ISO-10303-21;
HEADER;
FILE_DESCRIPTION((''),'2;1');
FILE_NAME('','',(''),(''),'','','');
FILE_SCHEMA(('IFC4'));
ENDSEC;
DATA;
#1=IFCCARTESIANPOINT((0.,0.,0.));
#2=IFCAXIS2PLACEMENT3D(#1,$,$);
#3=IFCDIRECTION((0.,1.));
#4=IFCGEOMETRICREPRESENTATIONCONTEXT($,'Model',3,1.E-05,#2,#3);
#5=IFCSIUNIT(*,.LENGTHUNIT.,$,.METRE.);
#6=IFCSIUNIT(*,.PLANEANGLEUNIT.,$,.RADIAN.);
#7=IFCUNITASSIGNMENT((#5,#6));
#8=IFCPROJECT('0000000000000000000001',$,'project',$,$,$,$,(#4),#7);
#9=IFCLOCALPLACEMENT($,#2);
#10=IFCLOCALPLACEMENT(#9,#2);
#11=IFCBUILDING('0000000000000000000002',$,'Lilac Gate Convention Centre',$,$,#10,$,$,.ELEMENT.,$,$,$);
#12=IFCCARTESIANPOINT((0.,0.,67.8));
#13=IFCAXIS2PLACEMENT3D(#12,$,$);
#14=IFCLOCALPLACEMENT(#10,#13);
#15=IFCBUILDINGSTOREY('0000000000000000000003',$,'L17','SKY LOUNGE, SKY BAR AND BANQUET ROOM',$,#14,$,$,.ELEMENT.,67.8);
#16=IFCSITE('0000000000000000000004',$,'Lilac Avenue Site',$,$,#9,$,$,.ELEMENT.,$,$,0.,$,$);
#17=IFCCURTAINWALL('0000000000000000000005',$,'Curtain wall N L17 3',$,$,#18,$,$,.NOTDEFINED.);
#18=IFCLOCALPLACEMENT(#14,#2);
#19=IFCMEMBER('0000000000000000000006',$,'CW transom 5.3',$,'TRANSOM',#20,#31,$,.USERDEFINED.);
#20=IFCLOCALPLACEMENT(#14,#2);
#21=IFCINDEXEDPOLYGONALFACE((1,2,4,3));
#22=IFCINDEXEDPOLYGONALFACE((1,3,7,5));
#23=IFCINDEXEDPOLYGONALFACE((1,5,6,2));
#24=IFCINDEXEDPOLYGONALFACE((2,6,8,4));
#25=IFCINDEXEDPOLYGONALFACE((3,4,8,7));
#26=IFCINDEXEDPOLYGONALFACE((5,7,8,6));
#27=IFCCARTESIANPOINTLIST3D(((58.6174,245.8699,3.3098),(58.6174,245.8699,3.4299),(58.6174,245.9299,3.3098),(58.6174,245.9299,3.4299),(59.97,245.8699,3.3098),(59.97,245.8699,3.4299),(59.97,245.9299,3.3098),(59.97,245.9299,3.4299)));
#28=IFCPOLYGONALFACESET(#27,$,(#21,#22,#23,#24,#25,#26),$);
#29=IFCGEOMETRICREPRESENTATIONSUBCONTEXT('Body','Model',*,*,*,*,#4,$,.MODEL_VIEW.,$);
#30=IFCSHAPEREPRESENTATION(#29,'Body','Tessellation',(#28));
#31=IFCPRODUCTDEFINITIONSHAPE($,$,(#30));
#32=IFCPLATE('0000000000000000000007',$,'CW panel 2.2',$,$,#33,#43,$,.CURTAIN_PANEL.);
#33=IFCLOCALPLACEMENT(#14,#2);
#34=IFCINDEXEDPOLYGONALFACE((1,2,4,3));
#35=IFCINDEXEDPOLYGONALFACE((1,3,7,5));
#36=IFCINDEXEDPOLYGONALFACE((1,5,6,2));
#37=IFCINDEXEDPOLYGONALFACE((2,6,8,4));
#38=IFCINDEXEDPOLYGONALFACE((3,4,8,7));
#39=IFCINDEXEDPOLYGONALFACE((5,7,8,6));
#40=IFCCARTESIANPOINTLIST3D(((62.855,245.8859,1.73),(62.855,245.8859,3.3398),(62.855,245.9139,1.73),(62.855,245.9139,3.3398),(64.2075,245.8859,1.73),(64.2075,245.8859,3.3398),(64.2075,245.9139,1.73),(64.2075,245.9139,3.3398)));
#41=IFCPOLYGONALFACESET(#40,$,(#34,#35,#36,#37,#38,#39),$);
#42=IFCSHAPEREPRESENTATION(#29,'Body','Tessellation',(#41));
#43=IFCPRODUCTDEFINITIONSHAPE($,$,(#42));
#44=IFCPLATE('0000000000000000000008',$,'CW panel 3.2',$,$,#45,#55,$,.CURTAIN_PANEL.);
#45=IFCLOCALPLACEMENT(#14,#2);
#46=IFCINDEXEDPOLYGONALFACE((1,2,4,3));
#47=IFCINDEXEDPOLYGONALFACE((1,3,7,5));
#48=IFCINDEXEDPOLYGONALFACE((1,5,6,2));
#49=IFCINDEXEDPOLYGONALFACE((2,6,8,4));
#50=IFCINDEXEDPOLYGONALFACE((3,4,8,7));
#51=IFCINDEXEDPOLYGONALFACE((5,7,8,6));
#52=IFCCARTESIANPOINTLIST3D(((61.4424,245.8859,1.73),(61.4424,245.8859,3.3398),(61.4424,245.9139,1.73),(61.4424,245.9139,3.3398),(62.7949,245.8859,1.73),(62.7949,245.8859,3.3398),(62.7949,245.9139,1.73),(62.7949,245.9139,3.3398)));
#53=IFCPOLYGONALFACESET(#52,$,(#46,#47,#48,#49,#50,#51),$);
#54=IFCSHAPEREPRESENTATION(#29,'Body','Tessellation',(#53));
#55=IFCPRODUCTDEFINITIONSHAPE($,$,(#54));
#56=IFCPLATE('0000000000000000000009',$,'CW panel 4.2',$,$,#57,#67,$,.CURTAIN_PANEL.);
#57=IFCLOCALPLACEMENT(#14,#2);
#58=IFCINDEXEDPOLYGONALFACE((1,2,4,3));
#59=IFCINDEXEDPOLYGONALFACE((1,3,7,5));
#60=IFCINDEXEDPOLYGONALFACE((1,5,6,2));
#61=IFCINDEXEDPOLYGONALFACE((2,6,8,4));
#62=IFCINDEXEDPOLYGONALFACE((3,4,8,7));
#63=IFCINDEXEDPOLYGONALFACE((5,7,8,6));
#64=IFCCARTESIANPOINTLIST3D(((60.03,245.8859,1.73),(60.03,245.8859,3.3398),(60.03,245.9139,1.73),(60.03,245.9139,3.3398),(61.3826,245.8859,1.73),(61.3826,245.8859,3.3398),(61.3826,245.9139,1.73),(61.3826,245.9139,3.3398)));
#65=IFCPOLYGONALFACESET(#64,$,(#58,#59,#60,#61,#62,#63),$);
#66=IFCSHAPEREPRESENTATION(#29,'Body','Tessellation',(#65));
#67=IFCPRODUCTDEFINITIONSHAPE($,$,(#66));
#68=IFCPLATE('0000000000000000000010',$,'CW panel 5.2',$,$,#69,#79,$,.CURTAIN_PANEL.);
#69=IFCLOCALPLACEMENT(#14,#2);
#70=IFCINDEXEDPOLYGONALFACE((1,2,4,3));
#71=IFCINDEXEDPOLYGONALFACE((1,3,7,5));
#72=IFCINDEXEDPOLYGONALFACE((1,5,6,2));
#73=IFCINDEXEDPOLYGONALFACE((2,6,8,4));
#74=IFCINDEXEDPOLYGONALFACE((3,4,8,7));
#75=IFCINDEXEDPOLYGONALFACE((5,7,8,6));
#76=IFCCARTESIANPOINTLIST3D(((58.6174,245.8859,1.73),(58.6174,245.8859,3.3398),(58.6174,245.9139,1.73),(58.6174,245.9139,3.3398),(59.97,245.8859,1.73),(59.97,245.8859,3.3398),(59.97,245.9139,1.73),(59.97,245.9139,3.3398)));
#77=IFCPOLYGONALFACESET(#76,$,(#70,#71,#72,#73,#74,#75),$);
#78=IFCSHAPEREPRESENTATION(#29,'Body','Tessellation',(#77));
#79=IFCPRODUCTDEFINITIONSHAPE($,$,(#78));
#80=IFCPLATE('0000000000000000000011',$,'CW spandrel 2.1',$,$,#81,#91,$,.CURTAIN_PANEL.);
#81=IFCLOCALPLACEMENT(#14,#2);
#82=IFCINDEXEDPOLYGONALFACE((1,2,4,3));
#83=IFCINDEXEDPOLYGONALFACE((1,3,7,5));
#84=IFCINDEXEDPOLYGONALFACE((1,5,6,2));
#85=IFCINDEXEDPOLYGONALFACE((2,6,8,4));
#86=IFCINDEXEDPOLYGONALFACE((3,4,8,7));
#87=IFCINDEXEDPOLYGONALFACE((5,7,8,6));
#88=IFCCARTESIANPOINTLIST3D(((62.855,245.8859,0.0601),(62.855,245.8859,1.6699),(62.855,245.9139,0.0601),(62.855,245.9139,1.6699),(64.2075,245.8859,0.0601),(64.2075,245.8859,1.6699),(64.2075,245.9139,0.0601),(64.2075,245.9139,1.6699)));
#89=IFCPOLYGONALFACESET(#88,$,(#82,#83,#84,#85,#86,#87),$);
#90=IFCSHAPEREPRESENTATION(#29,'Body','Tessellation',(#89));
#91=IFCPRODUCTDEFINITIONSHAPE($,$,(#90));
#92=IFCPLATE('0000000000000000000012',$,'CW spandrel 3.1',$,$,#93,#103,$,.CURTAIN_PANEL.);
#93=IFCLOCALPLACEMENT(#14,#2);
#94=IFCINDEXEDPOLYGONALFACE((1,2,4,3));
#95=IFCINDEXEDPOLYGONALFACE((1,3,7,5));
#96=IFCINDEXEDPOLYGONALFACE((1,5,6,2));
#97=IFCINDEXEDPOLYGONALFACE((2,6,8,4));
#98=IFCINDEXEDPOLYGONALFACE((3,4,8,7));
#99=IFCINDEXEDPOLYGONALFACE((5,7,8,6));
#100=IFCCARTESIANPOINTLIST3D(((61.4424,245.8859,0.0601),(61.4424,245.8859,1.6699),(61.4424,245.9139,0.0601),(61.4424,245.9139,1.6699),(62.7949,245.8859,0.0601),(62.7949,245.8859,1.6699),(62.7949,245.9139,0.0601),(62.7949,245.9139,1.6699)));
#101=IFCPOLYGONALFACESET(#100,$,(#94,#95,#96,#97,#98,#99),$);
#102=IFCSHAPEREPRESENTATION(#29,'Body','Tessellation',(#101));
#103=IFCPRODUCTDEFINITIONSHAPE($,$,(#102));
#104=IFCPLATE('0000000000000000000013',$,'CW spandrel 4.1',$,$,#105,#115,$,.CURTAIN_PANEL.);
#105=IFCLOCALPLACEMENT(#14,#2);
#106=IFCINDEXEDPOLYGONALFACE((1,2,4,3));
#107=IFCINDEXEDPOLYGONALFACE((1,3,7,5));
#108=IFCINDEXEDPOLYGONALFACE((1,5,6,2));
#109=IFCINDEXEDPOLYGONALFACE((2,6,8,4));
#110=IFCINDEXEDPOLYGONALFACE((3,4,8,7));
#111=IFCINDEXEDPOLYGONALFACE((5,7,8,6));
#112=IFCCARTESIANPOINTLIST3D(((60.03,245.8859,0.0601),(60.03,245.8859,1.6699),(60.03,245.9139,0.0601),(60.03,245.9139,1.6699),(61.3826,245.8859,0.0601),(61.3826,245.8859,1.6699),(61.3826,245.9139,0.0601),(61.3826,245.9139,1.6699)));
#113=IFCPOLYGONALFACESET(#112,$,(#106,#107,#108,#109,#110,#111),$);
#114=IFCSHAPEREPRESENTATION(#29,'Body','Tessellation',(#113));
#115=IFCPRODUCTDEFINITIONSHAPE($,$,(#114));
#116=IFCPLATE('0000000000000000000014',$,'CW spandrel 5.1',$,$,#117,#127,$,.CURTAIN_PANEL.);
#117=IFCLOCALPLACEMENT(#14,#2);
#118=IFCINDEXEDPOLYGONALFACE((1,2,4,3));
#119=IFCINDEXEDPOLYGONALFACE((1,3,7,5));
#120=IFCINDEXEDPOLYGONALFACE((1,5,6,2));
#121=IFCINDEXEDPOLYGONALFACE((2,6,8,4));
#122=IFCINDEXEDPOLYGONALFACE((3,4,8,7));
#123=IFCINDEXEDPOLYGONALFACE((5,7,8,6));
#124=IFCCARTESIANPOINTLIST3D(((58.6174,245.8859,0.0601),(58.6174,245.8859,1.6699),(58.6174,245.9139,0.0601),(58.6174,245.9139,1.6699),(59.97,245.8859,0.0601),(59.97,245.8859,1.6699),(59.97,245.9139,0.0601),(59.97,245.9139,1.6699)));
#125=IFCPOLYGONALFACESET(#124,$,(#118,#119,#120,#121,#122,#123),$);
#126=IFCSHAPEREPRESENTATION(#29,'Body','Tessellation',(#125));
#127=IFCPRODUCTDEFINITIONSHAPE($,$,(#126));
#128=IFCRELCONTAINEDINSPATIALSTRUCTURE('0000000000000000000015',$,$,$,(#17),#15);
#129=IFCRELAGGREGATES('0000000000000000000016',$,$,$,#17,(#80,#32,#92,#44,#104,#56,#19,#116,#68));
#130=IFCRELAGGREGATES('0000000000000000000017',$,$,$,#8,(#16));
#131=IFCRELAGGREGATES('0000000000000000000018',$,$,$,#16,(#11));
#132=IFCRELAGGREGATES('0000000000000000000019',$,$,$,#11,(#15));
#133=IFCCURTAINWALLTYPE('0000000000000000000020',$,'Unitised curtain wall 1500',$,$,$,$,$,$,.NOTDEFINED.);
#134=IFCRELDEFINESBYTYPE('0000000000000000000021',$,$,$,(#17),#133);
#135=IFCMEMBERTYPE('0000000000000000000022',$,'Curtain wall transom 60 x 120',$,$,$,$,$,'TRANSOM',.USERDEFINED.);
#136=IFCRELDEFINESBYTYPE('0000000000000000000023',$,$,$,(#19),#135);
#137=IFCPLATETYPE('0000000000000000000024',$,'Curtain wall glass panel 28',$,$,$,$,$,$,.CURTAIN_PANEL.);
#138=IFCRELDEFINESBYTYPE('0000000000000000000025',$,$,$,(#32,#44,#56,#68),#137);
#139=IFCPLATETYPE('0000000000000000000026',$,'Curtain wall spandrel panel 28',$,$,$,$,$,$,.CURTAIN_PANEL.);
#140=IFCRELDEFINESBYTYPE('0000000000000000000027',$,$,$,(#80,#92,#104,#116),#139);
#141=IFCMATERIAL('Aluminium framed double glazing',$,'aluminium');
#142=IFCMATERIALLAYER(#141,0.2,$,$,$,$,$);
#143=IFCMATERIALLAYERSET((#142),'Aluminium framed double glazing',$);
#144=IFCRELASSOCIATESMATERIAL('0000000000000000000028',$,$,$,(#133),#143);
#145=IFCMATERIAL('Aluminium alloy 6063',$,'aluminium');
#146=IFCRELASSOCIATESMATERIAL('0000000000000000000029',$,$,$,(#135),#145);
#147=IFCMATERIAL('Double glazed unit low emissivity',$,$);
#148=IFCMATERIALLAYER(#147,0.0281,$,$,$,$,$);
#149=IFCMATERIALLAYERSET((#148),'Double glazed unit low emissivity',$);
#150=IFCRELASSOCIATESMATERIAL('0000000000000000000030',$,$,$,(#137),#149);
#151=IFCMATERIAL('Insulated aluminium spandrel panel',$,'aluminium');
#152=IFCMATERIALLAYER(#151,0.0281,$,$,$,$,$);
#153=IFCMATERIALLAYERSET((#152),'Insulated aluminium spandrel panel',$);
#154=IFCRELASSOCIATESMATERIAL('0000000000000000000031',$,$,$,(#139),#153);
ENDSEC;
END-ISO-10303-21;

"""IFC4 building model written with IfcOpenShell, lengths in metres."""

from ifc_helpers import new_model, si_unit, direction, frame, origin, origin_2d, place, context, subcontext, project, spatial, rectangle, extrude, material, layer, layer_set, material_profile, profile_set, type_object, element, aggregate, save


model = new_model("IFC4")

# Units and contexts
model_context = context("Model", 3, precision=1e-05, world=origin(), true_north=direction((0.0, 1.0)))
body_context = subcontext(model_context, "Body", "Model", "MODEL_VIEW")
ifc_project = project(units=[si_unit("LENGTHUNIT", "METRE"), si_unit("PLANEANGLEUNIT", "RADIAN")], contexts=[model_context])

# Site, building, storey
site_placement = place(None, origin())
site = spatial("IfcSite", under=ifc_project, at=site_placement, Name="Lilac Avenue Site", CompositionType="ELEMENT", RefElevation=0.0)
building_placement = place(site_placement, origin())
building = spatial("IfcBuilding", under=site, at=building_placement, Name="Lilac Gate Convention Centre", CompositionType="ELEMENT")
storey_placement = place(building_placement, frame((0.0, 0.0, 67.8)))
storey = spatial("IfcBuildingStorey", under=building, at=storey_placement, Name="L17", Description="SKY LOUNGE, SKY BAR AND BANQUET ROOM", CompositionType="ELEMENT", Elevation=67.8)

# Curtain wall, member, plates
ifc_material_1 = material(Name="Aluminium framed double glazing", Category="aluminium")
ifc_layer_1 = layer(ifc_material_1, 0.2)
ifc_layer_set_1 = layer_set([ifc_layer_1], Name="Aluminium framed double glazing")
curtain_wall_type = type_object("IfcCurtainWallType", Name="Unitised curtain wall 1500", PredefinedType="NOTDEFINED", material=ifc_layer_set_1)
curtain_wall_placement = place(storey_placement, origin())
curtain_wall = element("IfcCurtainWall", 1, at=curtain_wall_placement, inside=storey, type_object=curtain_wall_type, Name="Curtain wall N L17 3", PredefinedType="NOTDEFINED")
ifc_material_2 = material(Name="Aluminium alloy 6063", Category="aluminium")
ifc_material_profile_1 = material_profile(ifc_material_2, rectangle(XDim=0.0601, YDim=0.1201, at=origin_2d()), Name="Curtain wall transom 60 x 120")
ifc_profile_set_1 = profile_set([ifc_material_profile_1], Name="Aluminium alloy 6063")
member_type_1 = type_object("IfcMemberType", Name="Curtain wall transom 60 x 120", ElementType="TRANSOM", PredefinedType="USERDEFINED", material=ifc_profile_set_1)
member_1_placement = place(storey_placement, frame((59.97, 245.8999, 3.3699), z_axis=(-1.0, 0.0, 0.0), x_axis=(0.0, -1.0, 0.0)))
member_1 = element("IfcMember", 2, at=member_1_placement, type_object=member_type_1, Name="CW transom 5.3", ObjectType="TRANSOM", PredefinedType="USERDEFINED", context=body_context, shape_type="SweptSolid", body=[
    extrude(rectangle(XDim=0.0601, YDim=0.1201, at=origin_2d()), origin(), (0.0, 0.0, 1.0), 1.3525),
])
ifc_material_3 = material(Name="Double glazed unit low emissivity")
ifc_layer_2 = layer(ifc_material_3, 0.0281)
ifc_layer_set_2 = layer_set([ifc_layer_2], Name="Double glazed unit low emissivity")
plate_type_1 = type_object("IfcPlateType", Name="Curtain wall glass panel 28", PredefinedType="CURTAIN_PANEL", material=ifc_layer_set_2)
plate_1_placement = place(storey_placement, frame((63.5312, 245.8999, 1.73), z_axis=(0.0, 0.0, 1.0), x_axis=(-1.0, 0.0, 0.0)))
plate_1 = element("IfcPlate", 3, at=plate_1_placement, type_object=plate_type_1, Name="CW panel 2.2", PredefinedType="CURTAIN_PANEL", context=body_context, shape_type="SweptSolid", body=[
    extrude(rectangle(XDim=1.3525, YDim=0.0281, at=origin_2d()), origin(), (0.0, 0.0, 1.0), 1.6099),
])
plate_2_placement = place(storey_placement, frame((62.1187, 245.8999, 1.73), z_axis=(0.0, 0.0, 1.0), x_axis=(-1.0, 0.0, 0.0)))
plate_2 = element("IfcPlate", 4, at=plate_2_placement, type_object=plate_type_1, Name="CW panel 3.2", PredefinedType="CURTAIN_PANEL", context=body_context, shape_type="SweptSolid", body=[
    extrude(rectangle(XDim=1.3525, YDim=0.0281, at=origin_2d()), origin(), (0.0, 0.0, 1.0), 1.6099),
])
plate_3_placement = place(storey_placement, frame((60.7063, 245.8999, 1.73), z_axis=(0.0, 0.0, 1.0), x_axis=(-1.0, 0.0, 0.0)))
plate_3 = element("IfcPlate", 5, at=plate_3_placement, type_object=plate_type_1, Name="CW panel 4.2", PredefinedType="CURTAIN_PANEL", context=body_context, shape_type="SweptSolid", body=[
    extrude(rectangle(XDim=1.3525, YDim=0.0281, at=origin_2d()), origin(), (0.0, 0.0, 1.0), 1.6099),
])
plate_4_placement = place(storey_placement, frame((59.2937, 245.8999, 1.73), z_axis=(0.0, 0.0, 1.0), x_axis=(-1.0, 0.0, 0.0)))
plate_4 = element("IfcPlate", 6, at=plate_4_placement, type_object=plate_type_1, Name="CW panel 5.2", PredefinedType="CURTAIN_PANEL", context=body_context, shape_type="SweptSolid", body=[
    extrude(rectangle(XDim=1.3525, YDim=0.0281, at=origin_2d()), origin(), (0.0, 0.0, 1.0), 1.6099),
])
ifc_material_4 = material(Name="Insulated aluminium spandrel panel", Category="aluminium")
ifc_layer_3 = layer(ifc_material_4, 0.0281)
ifc_layer_set_3 = layer_set([ifc_layer_3], Name="Insulated aluminium spandrel panel")
plate_type_2 = type_object("IfcPlateType", Name="Curtain wall spandrel panel 28", PredefinedType="CURTAIN_PANEL", material=ifc_layer_set_3)
plate_5_placement = place(storey_placement, frame((63.5312, 245.8999, 0.0601), z_axis=(0.0, 0.0, 1.0), x_axis=(-1.0, 0.0, 0.0)))
plate_5 = element("IfcPlate", 7, at=plate_5_placement, type_object=plate_type_2, Name="CW spandrel 2.1", PredefinedType="CURTAIN_PANEL", context=body_context, shape_type="SweptSolid", body=[
    extrude(rectangle(XDim=1.3525, YDim=0.0281, at=origin_2d()), origin(), (0.0, 0.0, 1.0), 1.6099),
])
plate_6_placement = place(storey_placement, frame((62.1187, 245.8999, 0.0601), z_axis=(0.0, 0.0, 1.0), x_axis=(-1.0, 0.0, 0.0)))
plate_6 = element("IfcPlate", 8, at=plate_6_placement, type_object=plate_type_2, Name="CW spandrel 3.1", PredefinedType="CURTAIN_PANEL", context=body_context, shape_type="SweptSolid", body=[
    extrude(rectangle(XDim=1.3525, YDim=0.0281, at=origin_2d()), origin(), (0.0, 0.0, 1.0), 1.6099),
])
plate_7_placement = place(storey_placement, frame((60.7063, 245.8999, 0.0601), z_axis=(0.0, 0.0, 1.0), x_axis=(-1.0, 0.0, 0.0)))
plate_7 = element("IfcPlate", 9, at=plate_7_placement, type_object=plate_type_2, Name="CW spandrel 4.1", PredefinedType="CURTAIN_PANEL", context=body_context, shape_type="SweptSolid", body=[
    extrude(rectangle(XDim=1.3525, YDim=0.0281, at=origin_2d()), origin(), (0.0, 0.0, 1.0), 1.6099),
])
plate_8_placement = place(storey_placement, frame((59.2937, 245.8999, 0.0601), z_axis=(0.0, 0.0, 1.0), x_axis=(-1.0, 0.0, 0.0)))
plate_8 = element("IfcPlate", 10, at=plate_8_placement, type_object=plate_type_2, Name="CW spandrel 5.1", PredefinedType="CURTAIN_PANEL", context=body_context, shape_type="SweptSolid", body=[
    extrude(rectangle(XDim=1.3525, YDim=0.0281, at=origin_2d()), origin(), (0.0, 0.0, 1.0), 1.6099),
])
aggregate(curtain_wall, [plate_5, plate_1, plate_6, plate_2, plate_7, plate_3, member_1, plate_8, plate_4])

save(model, "model.ifc")
